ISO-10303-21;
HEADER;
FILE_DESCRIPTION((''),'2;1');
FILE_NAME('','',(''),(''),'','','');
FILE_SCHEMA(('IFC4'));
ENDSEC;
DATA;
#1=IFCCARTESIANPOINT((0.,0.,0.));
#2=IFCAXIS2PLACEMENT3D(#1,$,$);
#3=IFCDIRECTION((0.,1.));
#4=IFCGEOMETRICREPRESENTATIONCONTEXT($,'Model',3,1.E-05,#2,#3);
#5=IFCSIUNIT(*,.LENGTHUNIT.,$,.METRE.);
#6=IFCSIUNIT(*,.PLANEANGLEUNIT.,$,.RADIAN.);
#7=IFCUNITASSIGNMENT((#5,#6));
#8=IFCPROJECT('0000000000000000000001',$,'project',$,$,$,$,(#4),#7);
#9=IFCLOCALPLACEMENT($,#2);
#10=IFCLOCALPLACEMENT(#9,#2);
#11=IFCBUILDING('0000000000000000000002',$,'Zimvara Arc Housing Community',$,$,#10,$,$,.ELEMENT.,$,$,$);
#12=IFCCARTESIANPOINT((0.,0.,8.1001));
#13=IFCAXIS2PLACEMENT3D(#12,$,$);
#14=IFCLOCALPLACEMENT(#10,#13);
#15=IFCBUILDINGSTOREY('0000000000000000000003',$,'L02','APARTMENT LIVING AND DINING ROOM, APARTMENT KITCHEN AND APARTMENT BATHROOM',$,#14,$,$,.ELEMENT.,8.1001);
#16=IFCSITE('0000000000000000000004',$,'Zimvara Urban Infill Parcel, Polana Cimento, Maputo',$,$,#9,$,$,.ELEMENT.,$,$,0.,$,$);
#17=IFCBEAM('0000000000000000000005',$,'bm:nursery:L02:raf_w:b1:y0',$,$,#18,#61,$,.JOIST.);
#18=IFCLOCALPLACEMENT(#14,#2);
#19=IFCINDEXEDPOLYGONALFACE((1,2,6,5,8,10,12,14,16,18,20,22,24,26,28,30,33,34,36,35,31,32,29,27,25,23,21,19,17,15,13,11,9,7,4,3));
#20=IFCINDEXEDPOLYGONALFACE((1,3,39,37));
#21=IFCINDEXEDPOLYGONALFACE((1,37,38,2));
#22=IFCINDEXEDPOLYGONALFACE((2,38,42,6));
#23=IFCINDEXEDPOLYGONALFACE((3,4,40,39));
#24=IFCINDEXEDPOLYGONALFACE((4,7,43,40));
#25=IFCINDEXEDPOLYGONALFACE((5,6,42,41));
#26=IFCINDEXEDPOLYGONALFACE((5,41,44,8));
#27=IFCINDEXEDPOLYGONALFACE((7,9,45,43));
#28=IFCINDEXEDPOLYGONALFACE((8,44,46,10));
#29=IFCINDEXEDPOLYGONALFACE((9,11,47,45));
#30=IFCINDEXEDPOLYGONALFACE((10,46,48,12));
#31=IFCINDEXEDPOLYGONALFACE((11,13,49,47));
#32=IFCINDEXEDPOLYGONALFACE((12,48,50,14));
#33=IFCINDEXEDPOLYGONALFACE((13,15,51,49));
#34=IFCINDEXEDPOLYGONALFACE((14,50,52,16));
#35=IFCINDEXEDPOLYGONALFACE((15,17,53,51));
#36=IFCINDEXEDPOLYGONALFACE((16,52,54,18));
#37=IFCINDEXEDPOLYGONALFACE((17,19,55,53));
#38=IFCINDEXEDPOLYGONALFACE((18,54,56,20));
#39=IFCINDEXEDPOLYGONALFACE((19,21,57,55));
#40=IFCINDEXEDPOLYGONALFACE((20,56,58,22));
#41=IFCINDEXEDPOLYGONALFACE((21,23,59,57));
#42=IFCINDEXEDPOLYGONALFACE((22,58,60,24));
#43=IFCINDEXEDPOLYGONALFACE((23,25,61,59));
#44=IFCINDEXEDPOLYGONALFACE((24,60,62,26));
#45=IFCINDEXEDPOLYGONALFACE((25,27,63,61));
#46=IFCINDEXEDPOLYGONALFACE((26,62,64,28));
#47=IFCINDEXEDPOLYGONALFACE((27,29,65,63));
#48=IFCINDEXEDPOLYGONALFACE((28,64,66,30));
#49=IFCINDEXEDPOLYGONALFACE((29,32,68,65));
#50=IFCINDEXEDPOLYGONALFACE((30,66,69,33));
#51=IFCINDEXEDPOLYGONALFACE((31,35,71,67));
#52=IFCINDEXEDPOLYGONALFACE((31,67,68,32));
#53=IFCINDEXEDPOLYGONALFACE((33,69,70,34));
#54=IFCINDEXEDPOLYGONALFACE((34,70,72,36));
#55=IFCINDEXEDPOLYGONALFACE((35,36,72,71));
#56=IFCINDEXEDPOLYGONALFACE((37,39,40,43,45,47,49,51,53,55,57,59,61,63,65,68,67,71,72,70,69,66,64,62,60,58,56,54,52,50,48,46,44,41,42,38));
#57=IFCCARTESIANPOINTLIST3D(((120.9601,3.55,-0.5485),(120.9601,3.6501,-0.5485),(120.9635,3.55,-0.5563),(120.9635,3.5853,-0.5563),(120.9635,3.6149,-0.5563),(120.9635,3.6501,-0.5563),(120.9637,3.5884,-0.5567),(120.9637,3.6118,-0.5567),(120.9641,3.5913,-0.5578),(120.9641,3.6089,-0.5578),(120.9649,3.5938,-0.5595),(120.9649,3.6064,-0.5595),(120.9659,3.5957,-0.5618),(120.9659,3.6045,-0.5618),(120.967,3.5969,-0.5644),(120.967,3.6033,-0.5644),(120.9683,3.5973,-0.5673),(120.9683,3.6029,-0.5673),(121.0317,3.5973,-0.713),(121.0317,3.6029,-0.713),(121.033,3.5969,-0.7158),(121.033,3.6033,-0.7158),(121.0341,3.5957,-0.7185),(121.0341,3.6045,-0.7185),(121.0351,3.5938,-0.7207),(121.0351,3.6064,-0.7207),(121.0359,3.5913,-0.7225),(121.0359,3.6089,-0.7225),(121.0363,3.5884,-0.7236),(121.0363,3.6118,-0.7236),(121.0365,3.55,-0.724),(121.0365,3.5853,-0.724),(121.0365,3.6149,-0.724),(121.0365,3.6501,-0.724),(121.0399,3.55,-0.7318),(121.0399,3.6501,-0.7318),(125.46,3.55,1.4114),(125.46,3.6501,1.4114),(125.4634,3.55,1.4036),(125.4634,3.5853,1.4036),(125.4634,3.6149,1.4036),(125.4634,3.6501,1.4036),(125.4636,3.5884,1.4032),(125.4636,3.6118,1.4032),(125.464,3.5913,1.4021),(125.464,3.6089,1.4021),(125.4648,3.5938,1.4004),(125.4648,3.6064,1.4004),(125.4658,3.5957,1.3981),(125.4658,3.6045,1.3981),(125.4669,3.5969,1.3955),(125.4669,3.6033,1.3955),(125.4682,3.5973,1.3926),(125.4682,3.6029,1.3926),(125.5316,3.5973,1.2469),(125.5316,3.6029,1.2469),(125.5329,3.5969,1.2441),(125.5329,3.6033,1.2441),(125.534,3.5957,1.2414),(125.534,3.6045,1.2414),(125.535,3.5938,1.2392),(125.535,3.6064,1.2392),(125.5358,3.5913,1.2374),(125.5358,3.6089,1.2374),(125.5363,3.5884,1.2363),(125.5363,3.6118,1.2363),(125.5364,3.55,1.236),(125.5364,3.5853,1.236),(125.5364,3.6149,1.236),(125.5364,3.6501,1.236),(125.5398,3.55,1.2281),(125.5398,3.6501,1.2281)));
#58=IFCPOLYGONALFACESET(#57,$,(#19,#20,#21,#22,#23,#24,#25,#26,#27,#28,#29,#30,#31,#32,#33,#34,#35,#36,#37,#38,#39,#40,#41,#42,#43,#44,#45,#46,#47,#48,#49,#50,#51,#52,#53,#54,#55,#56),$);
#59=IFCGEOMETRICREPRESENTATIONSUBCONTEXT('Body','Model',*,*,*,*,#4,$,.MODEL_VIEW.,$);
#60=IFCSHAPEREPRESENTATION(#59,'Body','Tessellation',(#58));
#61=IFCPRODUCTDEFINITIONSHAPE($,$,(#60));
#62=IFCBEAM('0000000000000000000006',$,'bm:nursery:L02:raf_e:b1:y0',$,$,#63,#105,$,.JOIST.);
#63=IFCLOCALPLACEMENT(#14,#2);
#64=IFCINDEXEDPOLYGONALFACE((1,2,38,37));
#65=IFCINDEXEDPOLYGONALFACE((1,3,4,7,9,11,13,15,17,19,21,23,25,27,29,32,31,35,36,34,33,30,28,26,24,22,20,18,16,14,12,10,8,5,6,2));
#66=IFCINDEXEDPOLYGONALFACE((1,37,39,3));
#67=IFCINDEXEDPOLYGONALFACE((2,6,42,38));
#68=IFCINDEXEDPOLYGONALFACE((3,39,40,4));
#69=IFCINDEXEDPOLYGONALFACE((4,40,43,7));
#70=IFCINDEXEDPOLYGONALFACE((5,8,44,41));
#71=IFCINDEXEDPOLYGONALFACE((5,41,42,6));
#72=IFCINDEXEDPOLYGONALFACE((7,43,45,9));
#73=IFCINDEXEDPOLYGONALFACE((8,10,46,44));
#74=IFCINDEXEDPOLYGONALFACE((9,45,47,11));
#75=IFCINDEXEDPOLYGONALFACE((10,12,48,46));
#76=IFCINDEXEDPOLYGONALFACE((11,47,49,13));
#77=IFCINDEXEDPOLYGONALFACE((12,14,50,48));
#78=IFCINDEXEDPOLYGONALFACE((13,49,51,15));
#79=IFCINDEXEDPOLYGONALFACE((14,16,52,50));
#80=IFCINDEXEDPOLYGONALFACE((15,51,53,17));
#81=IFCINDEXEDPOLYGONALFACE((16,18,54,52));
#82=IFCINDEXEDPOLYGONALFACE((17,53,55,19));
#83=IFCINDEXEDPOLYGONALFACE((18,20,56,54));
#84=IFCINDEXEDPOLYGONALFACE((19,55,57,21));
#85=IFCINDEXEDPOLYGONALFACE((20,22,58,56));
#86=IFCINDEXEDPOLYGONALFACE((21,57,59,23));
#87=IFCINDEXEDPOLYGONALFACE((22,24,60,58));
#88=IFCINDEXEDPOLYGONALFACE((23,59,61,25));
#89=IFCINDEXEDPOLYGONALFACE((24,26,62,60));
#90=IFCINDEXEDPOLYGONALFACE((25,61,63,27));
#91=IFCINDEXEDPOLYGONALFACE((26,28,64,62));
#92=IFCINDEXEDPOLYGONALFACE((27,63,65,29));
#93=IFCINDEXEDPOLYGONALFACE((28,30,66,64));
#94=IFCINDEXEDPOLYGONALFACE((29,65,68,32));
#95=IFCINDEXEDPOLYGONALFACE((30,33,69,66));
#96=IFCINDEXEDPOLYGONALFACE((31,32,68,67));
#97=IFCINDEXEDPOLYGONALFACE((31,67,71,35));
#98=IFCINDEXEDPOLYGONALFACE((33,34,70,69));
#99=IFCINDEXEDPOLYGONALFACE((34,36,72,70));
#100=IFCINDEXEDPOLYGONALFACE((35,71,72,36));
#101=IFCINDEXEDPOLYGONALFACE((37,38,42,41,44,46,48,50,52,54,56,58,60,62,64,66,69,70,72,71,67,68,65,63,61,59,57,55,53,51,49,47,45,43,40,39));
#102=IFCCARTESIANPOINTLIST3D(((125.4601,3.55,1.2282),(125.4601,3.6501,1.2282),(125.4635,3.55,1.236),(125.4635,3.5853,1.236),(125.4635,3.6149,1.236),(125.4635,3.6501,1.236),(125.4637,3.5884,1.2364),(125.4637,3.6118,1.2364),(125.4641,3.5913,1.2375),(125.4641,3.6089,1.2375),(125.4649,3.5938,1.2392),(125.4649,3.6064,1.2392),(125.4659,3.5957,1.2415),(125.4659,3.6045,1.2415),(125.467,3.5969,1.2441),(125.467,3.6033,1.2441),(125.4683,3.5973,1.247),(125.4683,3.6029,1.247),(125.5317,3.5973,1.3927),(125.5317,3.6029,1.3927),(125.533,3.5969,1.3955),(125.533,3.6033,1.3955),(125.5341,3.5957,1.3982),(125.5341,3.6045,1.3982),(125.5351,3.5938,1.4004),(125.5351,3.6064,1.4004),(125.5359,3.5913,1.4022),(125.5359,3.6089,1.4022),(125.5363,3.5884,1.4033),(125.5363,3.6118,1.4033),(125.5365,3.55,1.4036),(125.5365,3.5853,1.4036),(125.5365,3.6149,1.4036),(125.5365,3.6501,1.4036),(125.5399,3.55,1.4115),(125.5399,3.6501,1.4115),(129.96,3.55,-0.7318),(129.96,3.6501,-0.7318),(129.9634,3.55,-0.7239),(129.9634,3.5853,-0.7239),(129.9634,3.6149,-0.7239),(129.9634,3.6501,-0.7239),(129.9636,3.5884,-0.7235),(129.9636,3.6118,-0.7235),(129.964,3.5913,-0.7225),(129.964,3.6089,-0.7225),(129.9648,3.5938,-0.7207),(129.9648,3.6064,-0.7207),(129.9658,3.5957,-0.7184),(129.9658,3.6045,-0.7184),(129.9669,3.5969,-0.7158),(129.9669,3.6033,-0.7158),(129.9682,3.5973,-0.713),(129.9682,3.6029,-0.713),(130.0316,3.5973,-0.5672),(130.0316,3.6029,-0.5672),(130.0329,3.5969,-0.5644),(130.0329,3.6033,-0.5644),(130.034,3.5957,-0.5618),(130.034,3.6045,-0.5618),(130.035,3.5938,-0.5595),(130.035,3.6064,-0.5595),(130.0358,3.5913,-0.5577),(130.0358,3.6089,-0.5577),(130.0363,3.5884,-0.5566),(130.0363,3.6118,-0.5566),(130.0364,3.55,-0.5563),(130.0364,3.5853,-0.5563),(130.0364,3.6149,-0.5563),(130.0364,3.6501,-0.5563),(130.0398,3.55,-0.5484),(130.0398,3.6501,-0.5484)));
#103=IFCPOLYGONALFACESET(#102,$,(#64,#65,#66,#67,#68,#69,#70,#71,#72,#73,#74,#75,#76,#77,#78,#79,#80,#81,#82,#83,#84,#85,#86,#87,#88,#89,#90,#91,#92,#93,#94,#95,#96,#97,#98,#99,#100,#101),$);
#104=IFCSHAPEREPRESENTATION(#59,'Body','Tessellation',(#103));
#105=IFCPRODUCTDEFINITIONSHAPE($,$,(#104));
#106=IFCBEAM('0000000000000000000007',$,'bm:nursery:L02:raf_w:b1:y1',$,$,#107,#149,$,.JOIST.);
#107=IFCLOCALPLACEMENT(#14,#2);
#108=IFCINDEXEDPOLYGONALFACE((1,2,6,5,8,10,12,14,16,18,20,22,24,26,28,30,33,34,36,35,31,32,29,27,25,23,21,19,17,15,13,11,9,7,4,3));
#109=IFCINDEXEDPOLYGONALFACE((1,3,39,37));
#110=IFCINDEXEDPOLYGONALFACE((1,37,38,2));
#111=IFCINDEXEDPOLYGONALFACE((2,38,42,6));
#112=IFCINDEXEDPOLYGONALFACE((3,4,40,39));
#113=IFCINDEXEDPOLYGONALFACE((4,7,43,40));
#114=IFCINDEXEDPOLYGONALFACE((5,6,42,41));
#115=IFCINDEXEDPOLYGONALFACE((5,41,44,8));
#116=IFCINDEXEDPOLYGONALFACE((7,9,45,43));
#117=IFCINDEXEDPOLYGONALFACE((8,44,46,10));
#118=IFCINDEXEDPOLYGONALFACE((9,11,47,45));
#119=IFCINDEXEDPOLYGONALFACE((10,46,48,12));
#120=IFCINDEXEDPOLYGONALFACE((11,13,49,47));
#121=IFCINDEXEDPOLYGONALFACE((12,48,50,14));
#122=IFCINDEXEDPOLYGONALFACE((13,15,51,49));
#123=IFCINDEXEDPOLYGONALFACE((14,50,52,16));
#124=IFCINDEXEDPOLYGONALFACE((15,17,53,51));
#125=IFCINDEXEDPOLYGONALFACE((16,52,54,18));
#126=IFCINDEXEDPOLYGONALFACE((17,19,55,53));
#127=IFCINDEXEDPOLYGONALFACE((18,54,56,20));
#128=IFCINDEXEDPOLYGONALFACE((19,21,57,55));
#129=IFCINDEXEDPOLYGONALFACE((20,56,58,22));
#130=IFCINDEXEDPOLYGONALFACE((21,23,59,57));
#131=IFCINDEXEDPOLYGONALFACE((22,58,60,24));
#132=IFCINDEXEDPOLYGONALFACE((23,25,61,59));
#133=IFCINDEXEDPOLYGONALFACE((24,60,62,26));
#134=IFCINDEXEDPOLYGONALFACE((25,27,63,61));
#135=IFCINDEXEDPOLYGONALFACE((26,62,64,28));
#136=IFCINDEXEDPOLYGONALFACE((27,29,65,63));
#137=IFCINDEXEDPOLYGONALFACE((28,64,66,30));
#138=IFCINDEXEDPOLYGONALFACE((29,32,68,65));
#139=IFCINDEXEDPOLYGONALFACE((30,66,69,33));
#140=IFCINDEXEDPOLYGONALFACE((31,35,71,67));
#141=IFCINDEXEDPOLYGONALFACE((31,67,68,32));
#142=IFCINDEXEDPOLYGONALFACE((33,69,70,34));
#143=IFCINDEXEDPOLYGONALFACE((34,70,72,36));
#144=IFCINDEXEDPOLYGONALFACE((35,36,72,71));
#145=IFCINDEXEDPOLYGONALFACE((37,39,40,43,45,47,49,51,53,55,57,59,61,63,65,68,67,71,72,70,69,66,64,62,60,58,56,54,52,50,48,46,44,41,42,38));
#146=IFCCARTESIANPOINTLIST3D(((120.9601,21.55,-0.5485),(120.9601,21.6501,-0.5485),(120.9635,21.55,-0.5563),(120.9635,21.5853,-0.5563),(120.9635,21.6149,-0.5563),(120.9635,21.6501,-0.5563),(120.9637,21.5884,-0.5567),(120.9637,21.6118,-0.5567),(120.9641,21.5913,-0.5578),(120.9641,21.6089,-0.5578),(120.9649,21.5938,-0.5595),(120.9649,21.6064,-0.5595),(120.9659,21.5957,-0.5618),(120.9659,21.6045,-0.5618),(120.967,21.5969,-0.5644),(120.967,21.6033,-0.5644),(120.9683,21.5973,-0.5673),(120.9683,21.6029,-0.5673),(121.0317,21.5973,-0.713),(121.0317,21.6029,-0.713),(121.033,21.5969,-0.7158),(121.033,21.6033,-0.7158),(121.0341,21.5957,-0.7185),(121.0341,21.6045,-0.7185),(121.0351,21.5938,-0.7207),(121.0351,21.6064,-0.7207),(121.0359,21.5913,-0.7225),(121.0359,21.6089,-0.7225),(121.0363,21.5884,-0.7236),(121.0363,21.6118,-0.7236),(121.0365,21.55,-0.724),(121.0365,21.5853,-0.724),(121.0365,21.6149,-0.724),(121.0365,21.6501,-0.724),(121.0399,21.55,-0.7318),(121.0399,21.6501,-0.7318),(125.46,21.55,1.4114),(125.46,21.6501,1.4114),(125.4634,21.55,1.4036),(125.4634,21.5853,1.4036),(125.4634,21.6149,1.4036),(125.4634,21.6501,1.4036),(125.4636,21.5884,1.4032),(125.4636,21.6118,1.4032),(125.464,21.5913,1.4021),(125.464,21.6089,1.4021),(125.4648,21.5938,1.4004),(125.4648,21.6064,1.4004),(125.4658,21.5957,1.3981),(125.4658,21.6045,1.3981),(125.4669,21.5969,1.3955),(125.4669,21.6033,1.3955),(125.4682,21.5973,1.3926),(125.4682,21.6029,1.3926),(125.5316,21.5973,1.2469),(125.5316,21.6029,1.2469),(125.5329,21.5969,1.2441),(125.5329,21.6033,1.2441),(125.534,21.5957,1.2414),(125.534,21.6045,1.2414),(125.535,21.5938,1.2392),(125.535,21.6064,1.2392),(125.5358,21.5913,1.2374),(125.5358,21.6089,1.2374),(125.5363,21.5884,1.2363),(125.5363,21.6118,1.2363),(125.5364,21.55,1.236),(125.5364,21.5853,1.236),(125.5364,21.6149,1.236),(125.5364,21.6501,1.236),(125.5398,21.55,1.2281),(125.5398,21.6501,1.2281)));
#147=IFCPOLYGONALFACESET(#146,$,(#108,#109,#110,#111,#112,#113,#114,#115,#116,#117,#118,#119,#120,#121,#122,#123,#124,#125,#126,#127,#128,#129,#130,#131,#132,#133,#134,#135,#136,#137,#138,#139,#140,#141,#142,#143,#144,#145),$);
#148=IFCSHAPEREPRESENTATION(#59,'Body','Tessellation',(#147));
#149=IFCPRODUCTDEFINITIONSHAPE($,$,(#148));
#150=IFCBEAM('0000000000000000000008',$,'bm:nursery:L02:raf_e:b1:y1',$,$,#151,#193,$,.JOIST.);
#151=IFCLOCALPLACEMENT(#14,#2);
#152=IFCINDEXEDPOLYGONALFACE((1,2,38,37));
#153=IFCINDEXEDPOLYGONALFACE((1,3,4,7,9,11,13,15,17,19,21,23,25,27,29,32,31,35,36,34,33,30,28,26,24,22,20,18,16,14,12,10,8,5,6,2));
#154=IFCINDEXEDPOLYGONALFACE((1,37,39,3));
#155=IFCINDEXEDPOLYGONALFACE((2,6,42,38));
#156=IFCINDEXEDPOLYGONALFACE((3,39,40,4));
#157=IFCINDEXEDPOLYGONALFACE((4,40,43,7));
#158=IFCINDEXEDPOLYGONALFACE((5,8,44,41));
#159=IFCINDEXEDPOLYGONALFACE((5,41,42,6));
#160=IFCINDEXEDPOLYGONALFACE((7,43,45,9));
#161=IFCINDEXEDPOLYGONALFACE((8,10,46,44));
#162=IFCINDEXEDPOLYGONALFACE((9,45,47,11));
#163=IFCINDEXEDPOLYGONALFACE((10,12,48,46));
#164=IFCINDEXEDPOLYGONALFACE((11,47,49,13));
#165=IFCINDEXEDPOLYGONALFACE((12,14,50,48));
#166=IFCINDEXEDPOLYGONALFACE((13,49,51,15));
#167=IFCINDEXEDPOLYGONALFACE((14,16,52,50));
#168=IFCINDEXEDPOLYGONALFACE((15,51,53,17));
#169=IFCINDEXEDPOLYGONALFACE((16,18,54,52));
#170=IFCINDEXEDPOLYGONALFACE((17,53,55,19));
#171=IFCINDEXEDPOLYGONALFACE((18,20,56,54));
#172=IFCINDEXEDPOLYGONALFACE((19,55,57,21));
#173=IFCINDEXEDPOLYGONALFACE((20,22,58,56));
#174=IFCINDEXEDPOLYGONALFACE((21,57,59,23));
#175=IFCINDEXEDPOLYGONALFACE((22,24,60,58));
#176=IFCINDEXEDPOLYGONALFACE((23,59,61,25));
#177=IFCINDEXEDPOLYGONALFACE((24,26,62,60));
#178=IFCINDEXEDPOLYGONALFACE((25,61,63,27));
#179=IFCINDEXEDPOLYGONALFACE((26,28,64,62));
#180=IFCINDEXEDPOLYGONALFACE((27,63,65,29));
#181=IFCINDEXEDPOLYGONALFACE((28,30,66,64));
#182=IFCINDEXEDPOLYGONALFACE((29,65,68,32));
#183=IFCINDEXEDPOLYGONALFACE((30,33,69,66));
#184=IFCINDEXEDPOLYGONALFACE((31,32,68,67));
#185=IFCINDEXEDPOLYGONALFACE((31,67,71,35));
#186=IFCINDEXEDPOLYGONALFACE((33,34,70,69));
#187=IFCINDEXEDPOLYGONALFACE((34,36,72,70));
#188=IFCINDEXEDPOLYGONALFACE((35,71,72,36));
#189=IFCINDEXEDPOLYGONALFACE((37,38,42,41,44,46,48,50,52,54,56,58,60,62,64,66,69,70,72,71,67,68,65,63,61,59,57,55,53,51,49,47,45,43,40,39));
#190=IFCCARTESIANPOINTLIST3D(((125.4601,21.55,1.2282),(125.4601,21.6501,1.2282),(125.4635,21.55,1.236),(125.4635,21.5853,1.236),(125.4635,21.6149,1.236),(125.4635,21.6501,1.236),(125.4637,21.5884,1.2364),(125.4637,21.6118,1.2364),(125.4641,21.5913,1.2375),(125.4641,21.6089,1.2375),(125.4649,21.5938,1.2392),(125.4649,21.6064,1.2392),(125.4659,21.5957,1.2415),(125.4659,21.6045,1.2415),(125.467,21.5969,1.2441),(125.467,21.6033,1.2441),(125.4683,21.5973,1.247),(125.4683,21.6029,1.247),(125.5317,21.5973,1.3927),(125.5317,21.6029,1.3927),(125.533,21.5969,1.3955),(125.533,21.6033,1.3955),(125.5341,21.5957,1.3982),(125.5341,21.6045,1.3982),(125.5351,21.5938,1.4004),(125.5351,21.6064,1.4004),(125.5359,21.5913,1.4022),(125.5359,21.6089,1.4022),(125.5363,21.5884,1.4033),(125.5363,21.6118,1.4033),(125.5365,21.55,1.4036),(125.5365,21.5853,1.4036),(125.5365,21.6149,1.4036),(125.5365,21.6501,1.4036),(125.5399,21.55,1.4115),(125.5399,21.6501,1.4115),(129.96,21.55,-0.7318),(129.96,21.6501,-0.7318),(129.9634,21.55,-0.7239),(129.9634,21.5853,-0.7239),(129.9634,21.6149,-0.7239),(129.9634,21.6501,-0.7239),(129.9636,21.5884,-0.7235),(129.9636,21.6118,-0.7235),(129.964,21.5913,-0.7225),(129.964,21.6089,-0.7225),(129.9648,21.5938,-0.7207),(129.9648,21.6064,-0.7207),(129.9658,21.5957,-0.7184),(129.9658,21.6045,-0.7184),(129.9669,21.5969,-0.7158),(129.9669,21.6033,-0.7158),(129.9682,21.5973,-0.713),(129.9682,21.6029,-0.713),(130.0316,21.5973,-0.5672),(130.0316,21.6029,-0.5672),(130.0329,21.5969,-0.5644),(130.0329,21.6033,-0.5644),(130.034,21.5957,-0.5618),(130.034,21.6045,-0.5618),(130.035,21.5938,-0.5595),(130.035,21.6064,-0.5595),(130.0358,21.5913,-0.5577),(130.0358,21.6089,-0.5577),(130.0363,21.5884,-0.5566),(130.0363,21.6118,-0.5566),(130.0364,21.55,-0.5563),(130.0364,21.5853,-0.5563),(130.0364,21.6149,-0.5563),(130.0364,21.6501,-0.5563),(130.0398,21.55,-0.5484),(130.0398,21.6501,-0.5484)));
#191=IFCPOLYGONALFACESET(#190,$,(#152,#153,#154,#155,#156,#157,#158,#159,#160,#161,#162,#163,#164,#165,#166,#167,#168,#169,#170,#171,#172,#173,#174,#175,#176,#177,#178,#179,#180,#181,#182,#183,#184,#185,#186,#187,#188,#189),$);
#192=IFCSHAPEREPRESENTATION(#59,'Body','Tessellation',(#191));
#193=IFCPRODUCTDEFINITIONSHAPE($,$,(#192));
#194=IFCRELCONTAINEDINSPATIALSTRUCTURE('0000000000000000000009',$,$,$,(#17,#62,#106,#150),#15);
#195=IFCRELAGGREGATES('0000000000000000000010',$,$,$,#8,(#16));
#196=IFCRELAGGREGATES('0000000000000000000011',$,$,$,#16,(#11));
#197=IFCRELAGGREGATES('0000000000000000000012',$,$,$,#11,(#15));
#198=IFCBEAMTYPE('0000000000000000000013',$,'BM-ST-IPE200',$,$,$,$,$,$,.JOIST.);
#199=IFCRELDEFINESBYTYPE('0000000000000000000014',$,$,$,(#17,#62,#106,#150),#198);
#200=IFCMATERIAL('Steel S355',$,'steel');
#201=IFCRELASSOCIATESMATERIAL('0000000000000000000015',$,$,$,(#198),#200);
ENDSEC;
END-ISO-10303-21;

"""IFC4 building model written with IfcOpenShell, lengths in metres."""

from ifc_helpers import new_model, si_unit, direction, frame, origin, origin_2d, place, context, subcontext, project, spatial, i_section, extrude, material, material_profile, profile_set, type_object, element, save


model = new_model("IFC4")

# Units and contexts
model_context = context("Model", 3, precision=1e-05, world=origin(), true_north=direction((0.0, 1.0)))
body_context = subcontext(model_context, "Body", "Model", "MODEL_VIEW")
ifc_project = project(units=[si_unit("LENGTHUNIT", "METRE"), si_unit("PLANEANGLEUNIT", "RADIAN")], contexts=[model_context])

# Site, building, storey
site_placement = place(None, origin())
site = spatial("IfcSite", under=ifc_project, at=site_placement, Name="Zimvara Urban Infill Parcel, Polana Cimento, Maputo", CompositionType="ELEMENT", RefElevation=0.0)
building_placement = place(site_placement, origin())
building = spatial("IfcBuilding", under=site, at=building_placement, Name="Zimvara Arc Housing Community", CompositionType="ELEMENT")
storey_placement = place(building_placement, frame((0.0, 0.0, 8.1001)))
storey = spatial("IfcBuildingStorey", under=building, at=storey_placement, Name="L02", Description="APARTMENT LIVING AND DINING ROOM, APARTMENT KITCHEN AND APARTMENT BATHROOM", CompositionType="ELEMENT", Elevation=8.1001)

# Beams
ifc_material_1 = material(Name="Steel S355", Category="steel")
ifc_material_profile_1 = material_profile(ifc_material_1, i_section(OverallWidth=0.1001, OverallDepth=0.2, WebThickness=0.0056, FlangeThickness=0.0085, FilletRadius=0.012, at=origin_2d()), Name="IPE 200")
ifc_profile_set_1 = profile_set([ifc_material_profile_1], Name="Steel S355")
beam_type_1 = type_object("IfcBeamType", Name="BM-ST-IPE200", PredefinedType="JOIST", material=ifc_profile_set_1)
for number, where, z_axis, x_axis, name in (
    (1, (121.0, 3.6001, -0.6401), (0.916814, 0.0, 0.399315), (0.0, 1.0, 0.0), "bm:nursery:L02:raf_w:b1:y0"),
    (2, (125.5, 3.6001, 1.3198), (0.916814, 0.0, -0.399315), (0.0, 1.0, 0.0), "bm:nursery:L02:raf_e:b1:y0"),
    (3, (121.0, 21.6001, -0.6401), (0.916814, 0.0, 0.399315), (0.0, 1.0, 0.0), "bm:nursery:L02:raf_w:b1:y1"),
    (4, (125.5, 21.6001, 1.3198), (0.916814, 0.0, -0.399315), (0.0, 1.0, 0.0), "bm:nursery:L02:raf_e:b1:y1"),
):
    element("IfcBeam", number, at=place(storey_placement, frame(where, z_axis=z_axis, x_axis=x_axis)), inside=storey, type_object=beam_type_1, Name=name, PredefinedType="JOIST", context=body_context, shape_type="SweptSolid", body=[
        extrude(i_section(OverallWidth=0.1001, OverallDepth=0.2, WebThickness=0.0056, FlangeThickness=0.0085, FilletRadius=0.012, at=origin_2d()), origin(), (0.0, 0.0, 1.0), 4.9082),
    ])

save(model, "model.ifc")
